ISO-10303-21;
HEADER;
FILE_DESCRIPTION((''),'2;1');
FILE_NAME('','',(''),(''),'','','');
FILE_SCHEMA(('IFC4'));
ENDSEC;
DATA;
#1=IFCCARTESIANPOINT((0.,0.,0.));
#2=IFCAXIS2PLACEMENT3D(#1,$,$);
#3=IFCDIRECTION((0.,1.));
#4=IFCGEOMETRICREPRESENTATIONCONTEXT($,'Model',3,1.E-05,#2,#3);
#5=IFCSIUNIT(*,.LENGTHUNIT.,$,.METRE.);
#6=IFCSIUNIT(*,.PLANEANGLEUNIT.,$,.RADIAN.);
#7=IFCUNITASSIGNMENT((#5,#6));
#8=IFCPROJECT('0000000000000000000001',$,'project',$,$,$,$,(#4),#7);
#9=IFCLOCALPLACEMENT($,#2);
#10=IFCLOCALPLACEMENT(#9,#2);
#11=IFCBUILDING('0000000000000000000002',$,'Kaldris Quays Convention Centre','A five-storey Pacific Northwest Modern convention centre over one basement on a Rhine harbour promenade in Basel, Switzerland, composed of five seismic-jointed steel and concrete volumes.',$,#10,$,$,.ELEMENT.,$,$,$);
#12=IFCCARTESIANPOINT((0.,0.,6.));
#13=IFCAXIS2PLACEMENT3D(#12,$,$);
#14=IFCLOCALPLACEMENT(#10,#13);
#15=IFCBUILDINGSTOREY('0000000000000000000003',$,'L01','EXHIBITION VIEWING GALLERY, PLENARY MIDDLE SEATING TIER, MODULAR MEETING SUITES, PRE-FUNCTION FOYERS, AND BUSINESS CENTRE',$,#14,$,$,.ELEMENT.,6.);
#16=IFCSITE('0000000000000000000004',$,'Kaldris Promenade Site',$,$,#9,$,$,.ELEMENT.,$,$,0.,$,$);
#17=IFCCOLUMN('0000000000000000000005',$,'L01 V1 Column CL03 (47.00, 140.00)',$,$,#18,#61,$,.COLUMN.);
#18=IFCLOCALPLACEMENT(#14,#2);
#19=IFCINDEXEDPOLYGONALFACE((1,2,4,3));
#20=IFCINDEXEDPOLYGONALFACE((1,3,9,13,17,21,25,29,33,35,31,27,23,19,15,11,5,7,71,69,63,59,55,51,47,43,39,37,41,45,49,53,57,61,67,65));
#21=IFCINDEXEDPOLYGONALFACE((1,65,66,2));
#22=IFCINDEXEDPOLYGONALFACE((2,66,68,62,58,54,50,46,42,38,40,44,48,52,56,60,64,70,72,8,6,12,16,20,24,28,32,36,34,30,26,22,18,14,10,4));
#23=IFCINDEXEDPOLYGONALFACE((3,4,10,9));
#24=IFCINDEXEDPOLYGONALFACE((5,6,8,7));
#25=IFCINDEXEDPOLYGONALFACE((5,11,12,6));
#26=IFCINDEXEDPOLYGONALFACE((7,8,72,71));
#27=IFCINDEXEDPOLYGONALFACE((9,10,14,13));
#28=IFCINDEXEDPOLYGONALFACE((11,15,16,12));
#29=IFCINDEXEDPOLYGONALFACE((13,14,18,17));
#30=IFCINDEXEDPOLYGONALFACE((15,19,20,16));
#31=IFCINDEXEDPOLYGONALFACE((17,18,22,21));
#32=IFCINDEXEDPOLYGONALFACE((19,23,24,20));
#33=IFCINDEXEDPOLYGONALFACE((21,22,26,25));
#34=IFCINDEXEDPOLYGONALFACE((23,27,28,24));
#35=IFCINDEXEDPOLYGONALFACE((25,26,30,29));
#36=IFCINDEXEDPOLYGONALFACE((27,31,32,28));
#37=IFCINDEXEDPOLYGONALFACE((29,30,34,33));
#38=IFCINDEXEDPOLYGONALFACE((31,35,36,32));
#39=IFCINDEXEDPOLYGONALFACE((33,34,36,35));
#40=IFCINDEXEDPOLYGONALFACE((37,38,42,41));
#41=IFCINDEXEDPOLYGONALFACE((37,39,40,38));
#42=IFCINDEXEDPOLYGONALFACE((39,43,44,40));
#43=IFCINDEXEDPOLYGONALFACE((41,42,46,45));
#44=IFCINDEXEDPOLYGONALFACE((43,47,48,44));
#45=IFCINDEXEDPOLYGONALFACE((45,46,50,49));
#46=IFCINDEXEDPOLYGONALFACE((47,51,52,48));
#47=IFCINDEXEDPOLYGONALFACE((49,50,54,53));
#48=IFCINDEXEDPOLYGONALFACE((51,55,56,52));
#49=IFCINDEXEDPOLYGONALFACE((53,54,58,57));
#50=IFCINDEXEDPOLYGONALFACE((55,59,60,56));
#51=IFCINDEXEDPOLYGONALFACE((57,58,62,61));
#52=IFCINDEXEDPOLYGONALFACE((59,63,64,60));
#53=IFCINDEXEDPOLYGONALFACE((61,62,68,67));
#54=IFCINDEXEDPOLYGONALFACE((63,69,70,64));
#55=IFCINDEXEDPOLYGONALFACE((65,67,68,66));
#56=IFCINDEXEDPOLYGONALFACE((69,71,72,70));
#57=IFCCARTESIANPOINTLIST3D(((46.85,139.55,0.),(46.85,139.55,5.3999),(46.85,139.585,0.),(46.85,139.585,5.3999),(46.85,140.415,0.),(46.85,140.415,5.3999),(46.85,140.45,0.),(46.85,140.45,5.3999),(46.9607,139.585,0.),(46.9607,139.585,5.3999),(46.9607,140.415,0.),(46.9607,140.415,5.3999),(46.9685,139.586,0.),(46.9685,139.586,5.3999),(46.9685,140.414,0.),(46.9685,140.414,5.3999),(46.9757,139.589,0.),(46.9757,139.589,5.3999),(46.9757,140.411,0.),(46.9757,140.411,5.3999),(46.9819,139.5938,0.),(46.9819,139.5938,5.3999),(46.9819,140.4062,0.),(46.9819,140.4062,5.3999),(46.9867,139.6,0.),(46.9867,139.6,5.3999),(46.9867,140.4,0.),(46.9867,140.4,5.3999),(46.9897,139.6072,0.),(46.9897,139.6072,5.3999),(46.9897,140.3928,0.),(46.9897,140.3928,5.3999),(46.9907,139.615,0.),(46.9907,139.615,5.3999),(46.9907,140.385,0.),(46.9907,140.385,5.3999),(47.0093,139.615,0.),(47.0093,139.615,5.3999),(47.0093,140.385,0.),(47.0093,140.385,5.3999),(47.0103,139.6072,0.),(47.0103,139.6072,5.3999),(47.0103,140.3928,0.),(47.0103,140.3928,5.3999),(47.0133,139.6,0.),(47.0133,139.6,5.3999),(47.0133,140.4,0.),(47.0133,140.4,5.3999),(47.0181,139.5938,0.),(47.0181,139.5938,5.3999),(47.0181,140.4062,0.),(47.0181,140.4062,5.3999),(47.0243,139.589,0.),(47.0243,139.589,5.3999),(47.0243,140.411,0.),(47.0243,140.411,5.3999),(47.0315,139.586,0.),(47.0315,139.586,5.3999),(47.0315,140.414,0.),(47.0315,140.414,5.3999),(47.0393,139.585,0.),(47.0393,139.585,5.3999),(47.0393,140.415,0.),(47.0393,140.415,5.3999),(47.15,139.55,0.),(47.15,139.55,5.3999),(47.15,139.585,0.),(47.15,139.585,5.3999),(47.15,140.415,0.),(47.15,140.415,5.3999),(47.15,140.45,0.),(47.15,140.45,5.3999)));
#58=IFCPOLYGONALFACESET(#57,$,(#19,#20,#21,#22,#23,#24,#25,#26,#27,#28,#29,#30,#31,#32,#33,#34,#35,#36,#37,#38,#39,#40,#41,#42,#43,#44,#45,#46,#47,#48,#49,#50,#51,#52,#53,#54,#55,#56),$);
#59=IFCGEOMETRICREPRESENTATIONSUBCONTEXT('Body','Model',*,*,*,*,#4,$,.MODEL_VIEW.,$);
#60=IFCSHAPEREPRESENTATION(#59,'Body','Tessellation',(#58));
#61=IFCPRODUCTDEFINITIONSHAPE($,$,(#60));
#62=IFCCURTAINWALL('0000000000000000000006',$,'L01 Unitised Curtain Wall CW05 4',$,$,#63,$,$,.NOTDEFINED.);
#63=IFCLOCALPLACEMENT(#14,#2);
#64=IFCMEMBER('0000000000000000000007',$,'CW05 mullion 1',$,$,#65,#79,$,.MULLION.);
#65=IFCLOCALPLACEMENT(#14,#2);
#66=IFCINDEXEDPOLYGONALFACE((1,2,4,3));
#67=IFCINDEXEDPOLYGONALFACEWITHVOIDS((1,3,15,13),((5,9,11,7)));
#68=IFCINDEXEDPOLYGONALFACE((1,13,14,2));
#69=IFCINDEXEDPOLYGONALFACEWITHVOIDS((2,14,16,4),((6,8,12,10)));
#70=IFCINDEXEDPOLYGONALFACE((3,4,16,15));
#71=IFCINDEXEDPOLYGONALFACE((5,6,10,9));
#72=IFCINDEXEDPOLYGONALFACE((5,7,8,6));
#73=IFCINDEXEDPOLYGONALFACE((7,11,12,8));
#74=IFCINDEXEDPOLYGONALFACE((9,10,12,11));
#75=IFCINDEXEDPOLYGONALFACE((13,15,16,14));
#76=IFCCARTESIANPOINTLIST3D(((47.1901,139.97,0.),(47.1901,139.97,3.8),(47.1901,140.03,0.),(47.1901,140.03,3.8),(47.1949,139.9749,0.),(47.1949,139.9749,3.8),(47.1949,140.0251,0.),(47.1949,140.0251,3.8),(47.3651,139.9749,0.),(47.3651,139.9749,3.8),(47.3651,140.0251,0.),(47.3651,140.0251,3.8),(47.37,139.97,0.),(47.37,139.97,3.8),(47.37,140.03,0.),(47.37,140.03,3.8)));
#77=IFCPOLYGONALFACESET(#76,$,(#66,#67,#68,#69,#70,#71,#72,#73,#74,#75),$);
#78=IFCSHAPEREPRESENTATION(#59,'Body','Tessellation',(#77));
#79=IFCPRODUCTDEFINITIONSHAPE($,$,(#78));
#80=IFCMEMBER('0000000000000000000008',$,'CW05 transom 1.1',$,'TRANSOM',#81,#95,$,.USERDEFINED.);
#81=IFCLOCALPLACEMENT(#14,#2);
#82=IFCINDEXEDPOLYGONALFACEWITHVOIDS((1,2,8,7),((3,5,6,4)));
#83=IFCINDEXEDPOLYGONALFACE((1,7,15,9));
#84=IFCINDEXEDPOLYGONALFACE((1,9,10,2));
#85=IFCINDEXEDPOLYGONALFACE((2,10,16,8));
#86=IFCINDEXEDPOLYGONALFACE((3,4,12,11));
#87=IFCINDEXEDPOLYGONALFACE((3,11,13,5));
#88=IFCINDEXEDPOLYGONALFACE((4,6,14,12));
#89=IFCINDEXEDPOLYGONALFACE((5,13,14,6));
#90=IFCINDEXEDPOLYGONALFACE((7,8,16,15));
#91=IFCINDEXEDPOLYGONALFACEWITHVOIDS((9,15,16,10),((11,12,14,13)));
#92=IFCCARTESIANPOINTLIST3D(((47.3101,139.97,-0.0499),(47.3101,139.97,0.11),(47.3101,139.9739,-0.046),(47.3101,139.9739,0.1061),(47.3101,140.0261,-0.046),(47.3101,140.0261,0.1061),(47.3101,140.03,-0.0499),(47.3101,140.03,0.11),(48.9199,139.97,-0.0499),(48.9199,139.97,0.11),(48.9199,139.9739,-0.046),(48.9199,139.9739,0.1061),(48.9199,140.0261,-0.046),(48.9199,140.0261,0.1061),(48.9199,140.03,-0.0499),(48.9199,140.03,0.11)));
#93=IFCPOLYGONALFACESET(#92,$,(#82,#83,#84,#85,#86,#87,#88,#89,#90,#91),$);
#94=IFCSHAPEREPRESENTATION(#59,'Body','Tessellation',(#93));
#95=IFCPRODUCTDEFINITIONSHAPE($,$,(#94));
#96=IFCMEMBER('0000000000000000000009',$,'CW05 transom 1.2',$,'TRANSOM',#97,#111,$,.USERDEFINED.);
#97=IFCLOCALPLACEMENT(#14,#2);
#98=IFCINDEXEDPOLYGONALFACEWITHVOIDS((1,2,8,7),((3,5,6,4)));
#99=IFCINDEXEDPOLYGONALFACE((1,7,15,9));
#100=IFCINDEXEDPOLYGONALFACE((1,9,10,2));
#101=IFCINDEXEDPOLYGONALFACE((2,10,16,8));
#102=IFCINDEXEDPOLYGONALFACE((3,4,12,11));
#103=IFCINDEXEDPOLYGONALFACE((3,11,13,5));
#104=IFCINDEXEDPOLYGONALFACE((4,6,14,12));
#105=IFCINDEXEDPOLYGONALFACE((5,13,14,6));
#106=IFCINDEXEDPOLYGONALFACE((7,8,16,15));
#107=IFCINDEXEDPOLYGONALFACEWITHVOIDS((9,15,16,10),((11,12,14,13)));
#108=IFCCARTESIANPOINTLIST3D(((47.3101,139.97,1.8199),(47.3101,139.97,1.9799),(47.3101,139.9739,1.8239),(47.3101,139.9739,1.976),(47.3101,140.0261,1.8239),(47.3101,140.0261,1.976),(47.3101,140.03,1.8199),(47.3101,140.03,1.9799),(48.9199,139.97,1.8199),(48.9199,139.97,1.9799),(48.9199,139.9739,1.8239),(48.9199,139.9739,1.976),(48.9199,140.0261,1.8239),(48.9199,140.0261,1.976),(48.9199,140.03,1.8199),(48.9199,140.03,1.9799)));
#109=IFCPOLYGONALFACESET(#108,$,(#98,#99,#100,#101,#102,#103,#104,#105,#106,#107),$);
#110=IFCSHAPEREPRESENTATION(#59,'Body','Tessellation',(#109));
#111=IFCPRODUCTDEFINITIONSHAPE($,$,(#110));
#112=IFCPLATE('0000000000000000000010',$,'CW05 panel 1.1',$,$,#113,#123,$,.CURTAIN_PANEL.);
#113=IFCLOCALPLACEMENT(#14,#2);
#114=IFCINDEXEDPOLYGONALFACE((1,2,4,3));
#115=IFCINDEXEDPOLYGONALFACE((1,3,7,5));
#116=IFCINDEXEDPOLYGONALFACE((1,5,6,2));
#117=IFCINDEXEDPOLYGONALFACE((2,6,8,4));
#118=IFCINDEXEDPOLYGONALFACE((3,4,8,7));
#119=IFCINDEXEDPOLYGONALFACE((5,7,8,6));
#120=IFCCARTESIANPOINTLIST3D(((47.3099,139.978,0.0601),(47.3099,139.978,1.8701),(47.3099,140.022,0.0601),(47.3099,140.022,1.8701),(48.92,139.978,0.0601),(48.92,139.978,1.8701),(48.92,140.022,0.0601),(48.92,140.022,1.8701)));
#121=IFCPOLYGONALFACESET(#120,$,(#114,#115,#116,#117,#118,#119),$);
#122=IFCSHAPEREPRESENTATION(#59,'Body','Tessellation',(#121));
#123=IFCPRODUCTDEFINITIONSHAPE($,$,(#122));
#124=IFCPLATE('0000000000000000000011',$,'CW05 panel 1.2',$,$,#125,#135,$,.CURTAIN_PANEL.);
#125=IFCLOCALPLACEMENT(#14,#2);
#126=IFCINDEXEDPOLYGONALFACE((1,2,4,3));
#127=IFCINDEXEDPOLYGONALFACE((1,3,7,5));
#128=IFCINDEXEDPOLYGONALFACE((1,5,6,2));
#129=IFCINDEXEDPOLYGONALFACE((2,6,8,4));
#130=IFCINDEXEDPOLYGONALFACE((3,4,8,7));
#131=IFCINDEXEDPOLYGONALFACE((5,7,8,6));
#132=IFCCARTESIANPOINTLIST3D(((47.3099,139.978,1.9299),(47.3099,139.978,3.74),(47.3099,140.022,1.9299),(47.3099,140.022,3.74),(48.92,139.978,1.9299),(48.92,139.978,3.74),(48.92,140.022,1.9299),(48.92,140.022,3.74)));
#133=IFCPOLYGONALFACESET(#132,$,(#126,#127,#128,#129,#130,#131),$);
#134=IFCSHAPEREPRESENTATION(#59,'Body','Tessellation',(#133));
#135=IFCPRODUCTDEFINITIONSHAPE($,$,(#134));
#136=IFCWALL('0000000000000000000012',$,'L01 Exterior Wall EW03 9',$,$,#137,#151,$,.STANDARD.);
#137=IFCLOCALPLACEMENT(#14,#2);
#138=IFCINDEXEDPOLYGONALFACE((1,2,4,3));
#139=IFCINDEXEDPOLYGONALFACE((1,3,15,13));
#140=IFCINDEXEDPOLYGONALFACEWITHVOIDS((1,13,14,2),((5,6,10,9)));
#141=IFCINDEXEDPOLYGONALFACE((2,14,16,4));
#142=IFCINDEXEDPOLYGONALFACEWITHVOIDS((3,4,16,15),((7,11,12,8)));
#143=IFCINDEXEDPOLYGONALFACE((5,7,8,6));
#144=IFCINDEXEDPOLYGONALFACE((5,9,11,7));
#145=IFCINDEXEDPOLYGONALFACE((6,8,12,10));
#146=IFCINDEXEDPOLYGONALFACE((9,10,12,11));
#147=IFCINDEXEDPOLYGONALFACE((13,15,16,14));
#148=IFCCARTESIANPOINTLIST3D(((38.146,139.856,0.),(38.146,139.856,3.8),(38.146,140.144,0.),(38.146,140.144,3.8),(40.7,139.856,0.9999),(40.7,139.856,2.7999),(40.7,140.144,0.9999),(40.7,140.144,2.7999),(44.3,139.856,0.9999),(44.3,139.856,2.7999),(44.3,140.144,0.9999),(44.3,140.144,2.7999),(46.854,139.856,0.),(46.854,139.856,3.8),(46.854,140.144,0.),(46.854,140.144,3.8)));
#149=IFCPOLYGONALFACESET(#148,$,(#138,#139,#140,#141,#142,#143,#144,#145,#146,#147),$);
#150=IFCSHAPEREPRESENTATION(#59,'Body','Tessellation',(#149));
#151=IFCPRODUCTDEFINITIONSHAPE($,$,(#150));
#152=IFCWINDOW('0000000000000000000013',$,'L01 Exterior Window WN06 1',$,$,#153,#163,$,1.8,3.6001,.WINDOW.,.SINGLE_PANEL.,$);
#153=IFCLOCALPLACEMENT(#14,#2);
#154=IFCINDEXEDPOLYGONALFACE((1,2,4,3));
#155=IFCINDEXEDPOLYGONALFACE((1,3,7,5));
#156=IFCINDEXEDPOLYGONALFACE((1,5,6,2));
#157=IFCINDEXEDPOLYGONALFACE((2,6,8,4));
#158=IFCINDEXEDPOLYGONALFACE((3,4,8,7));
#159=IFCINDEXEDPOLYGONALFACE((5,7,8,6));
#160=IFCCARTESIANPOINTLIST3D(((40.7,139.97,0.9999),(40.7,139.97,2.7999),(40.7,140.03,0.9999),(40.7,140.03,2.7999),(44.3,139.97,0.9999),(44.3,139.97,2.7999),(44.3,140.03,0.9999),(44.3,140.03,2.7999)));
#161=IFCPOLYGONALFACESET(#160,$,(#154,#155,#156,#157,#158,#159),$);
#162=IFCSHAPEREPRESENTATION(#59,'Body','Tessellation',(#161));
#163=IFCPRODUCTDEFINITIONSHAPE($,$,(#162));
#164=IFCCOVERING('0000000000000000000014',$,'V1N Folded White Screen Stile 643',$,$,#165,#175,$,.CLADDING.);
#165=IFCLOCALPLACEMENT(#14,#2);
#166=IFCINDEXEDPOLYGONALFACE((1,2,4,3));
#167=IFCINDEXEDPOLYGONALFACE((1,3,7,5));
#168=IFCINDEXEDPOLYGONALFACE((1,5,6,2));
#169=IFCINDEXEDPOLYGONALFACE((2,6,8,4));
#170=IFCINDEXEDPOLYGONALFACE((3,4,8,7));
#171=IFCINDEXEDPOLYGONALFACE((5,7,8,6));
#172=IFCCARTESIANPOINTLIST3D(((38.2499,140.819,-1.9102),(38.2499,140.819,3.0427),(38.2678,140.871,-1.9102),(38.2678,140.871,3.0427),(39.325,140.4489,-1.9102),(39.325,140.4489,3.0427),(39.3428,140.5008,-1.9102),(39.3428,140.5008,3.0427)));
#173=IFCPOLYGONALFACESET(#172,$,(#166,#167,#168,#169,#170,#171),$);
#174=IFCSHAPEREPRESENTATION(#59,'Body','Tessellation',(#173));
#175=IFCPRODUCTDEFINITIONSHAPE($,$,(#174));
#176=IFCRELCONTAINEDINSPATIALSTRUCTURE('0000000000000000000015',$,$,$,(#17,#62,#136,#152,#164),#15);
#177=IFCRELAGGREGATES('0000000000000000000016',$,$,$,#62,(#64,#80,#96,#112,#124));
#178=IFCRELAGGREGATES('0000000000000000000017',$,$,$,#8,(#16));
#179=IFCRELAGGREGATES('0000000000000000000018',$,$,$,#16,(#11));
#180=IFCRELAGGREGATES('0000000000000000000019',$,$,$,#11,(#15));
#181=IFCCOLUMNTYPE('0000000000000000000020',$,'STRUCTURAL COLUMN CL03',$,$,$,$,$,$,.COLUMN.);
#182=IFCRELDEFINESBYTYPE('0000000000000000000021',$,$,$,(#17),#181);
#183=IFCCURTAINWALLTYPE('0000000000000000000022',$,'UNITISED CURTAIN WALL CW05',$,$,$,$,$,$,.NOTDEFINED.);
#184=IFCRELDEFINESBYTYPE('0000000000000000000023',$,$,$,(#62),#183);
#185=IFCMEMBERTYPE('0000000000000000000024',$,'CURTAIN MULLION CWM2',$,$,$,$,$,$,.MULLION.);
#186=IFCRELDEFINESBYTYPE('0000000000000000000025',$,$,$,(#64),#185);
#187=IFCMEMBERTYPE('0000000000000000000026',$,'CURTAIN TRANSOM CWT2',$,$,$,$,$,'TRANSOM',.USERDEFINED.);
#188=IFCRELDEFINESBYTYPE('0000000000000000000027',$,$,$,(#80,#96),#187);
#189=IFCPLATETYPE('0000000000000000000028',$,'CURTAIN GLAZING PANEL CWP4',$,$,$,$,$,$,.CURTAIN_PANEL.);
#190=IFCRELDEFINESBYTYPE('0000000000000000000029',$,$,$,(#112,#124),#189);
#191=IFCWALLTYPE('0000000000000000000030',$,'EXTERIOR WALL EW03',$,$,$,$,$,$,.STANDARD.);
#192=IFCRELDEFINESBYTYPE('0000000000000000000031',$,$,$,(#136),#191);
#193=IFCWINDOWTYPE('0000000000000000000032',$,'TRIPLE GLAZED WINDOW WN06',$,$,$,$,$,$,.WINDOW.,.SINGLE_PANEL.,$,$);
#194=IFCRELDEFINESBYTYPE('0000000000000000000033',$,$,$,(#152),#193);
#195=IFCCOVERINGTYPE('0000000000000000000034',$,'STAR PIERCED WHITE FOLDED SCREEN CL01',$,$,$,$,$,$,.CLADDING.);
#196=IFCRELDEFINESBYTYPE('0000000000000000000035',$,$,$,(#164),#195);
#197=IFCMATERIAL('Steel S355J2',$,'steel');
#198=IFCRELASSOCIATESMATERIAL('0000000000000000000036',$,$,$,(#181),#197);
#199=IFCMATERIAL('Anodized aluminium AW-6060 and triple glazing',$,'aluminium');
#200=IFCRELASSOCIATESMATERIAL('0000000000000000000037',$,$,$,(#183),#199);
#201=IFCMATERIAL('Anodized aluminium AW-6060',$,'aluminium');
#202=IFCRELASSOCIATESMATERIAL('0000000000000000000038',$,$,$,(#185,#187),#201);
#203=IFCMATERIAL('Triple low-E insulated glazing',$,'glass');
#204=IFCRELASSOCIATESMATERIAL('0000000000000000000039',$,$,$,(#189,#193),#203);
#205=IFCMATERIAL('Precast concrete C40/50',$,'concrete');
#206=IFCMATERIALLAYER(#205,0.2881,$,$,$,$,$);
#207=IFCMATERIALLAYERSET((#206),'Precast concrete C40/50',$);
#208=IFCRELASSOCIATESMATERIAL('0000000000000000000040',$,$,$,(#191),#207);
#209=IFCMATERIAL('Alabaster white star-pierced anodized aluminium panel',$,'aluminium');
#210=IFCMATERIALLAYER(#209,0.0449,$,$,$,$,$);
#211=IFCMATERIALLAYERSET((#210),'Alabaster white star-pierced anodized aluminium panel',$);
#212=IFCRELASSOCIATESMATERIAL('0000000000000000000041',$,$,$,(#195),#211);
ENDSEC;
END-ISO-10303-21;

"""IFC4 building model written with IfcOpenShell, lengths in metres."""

from ifc_helpers import new_model, si_unit, direction, frame, frame_2d, origin, origin_2d, place, context, subcontext, project, spatial, rectangle, hollow_rectangle, i_section, extrude, material, layer, layer_set, material_profile, profile_set, type_object, element, fill, aggregate, save


model = new_model("IFC4")

# Units and contexts
model_context = context("Model", 3, precision=1e-05, world=origin(), true_north=direction((0.0, 1.0)))
body_context = subcontext(model_context, "Body", "Model", "MODEL_VIEW")
ifc_project = project(units=[si_unit("LENGTHUNIT", "METRE"), si_unit("PLANEANGLEUNIT", "RADIAN")], contexts=[model_context])

# Site, building, storey
site_placement = place(None, origin())
site = spatial("IfcSite", under=ifc_project, at=site_placement, Name="Kaldris Promenade Site", CompositionType="ELEMENT", RefElevation=0.0)
building_placement = place(site_placement, origin())
building = spatial("IfcBuilding", under=site, at=building_placement, Name="Kaldris Quays Convention Centre", Description="A five-storey Pacific Northwest Modern convention centre over one basement on a Rhine harbour promenade in Basel, Switzerland, composed of five seismic-jointed steel and concrete volumes.", CompositionType="ELEMENT")
storey_placement = place(building_placement, frame((0.0, 0.0, 6.0)))
storey = spatial("IfcBuildingStorey", under=building, at=storey_placement, Name="L01", Description="EXHIBITION VIEWING GALLERY, PLENARY MIDDLE SEATING TIER, MODULAR MEETING SUITES, PRE-FUNCTION FOYERS, AND BUSINESS CENTRE", CompositionType="ELEMENT", Elevation=6.0)

# Column
ifc_material_1 = material(Name="Steel S355J2", Category="steel")
ifc_material_profile_1 = material_profile(ifc_material_1, i_section(OverallWidth=0.3, OverallDepth=0.8999, WebThickness=0.0186, FlangeThickness=0.0349, FilletRadius=0.03, at=origin_2d()), Name="HEB 900")
ifc_profile_set_1 = profile_set([ifc_material_profile_1], Name="Steel S355J2")
column_type = type_object("IfcColumnType", Name="STRUCTURAL COLUMN CL03", PredefinedType="COLUMN", material=ifc_profile_set_1)
column_placement = place(storey_placement, frame((47.0, 140.0, 0.0), z_axis=(0.0, 0.0, 1.0), x_axis=(1.0, 0.0, 0.0)))
element("IfcColumn", 1, at=column_placement, inside=storey, type_object=column_type, Name="L01 V1 Column CL03 (47.00, 140.00)", PredefinedType="COLUMN", context=body_context, shape_type="SweptSolid", body=[
    extrude(i_section(OverallWidth=0.3, OverallDepth=0.8999, WebThickness=0.0186, FlangeThickness=0.0349, FilletRadius=0.03, at=origin_2d()), origin(), (0.0, 0.0, 1.0), 5.3999),
])

# Curtain wall, members, plates
ifc_material_2 = material(Name="Anodized aluminium AW-6060 and triple glazing", Category="aluminium")
curtain_wall_type = type_object("IfcCurtainWallType", Name="UNITISED CURTAIN WALL CW05", PredefinedType="NOTDEFINED", material=ifc_material_2)
curtain_wall_placement = place(storey_placement, origin())
curtain_wall = element("IfcCurtainWall", 2, at=curtain_wall_placement, inside=storey, type_object=curtain_wall_type, Name="L01 Unitised Curtain Wall CW05 4", PredefinedType="NOTDEFINED")
ifc_material_3 = material(Name="Anodized aluminium AW-6060", Category="aluminium")
ifc_material_profile_2 = material_profile(ifc_material_3, hollow_rectangle(XDim=0.0601, YDim=0.1799, WallThickness=0.0049, at=origin_2d()), Name="RHS 180x60x5")
ifc_profile_set_2 = profile_set([ifc_material_profile_2], Name="Anodized aluminium AW-6060")
member_type_1 = type_object("IfcMemberType", Name="CURTAIN MULLION CWM2", PredefinedType="MULLION", material=ifc_profile_set_2)
member_1_placement = place(storey_placement, frame((47.28, 140.0, 0.0), z_axis=(0.0, 0.0, 1.0), x_axis=(0.0, 1.0, 0.0)))
member_1 = element("IfcMember", 3, at=member_1_placement, type_object=member_type_1, Name="CW05 mullion 1", PredefinedType="MULLION", context=body_context, shape_type="SweptSolid", body=[
    extrude(hollow_rectangle(XDim=0.0601, YDim=0.1799, WallThickness=0.0049, at=origin_2d()), origin(), (0.0, 0.0, 1.0), 3.8),
])
ifc_material_profile_3 = material_profile(ifc_material_3, hollow_rectangle(XDim=0.0601, YDim=0.1599, WallThickness=0.0039, at=origin_2d()), Name="RHS 160x60x4")
ifc_profile_set_3 = profile_set([ifc_material_profile_3], Name="Anodized aluminium AW-6060")
member_type_2 = type_object("IfcMemberType", Name="CURTAIN TRANSOM CWT2", ElementType="TRANSOM", PredefinedType="USERDEFINED", material=ifc_profile_set_3)
member_2_placement = place(storey_placement, frame((47.3101, 140.0, 0.03), z_axis=(1.0, 0.0, 0.0), x_axis=(0.0, 1.0, 0.0)))
member_2 = element("IfcMember", 4, at=member_2_placement, type_object=member_type_2, Name="CW05 transom 1.1", ObjectType="TRANSOM", PredefinedType="USERDEFINED", context=body_context, shape_type="SweptSolid", body=[
    extrude(hollow_rectangle(XDim=0.0601, YDim=0.1599, WallThickness=0.0039, at=origin_2d()), origin(), (0.0, 0.0, 1.0), 1.6099),
])
member_3_placement = place(storey_placement, frame((47.3101, 140.0, 1.8999), z_axis=(1.0, 0.0, 0.0), x_axis=(0.0, 1.0, 0.0)))
member_3 = element("IfcMember", 5, at=member_3_placement, type_object=member_type_2, Name="CW05 transom 1.2", ObjectType="TRANSOM", PredefinedType="USERDEFINED", context=body_context, shape_type="SweptSolid", body=[
    extrude(hollow_rectangle(XDim=0.0601, YDim=0.1599, WallThickness=0.0039, at=origin_2d()), origin(), (0.0, 0.0, 1.0), 1.6099),
])
ifc_material_4 = material(Name="Triple low-E insulated glazing", Category="glass")
plate_type = type_object("IfcPlateType", Name="CURTAIN GLAZING PANEL CWP4", PredefinedType="CURTAIN_PANEL", material=ifc_material_4)
plate_1_placement = place(storey_placement, frame((48.115, 140.0, 0.0601), z_axis=(0.0, 0.0, 1.0), x_axis=(1.0, 0.0, 0.0)))
plate_1 = element("IfcPlate", 6, at=plate_1_placement, type_object=plate_type, Name="CW05 panel 1.1", PredefinedType="CURTAIN_PANEL", context=body_context, shape_type="SweptSolid", body=[
    extrude(rectangle(XDim=1.6101, YDim=0.0439, at=origin_2d()), origin(), (0.0, 0.0, 1.0), 1.8101),
])
plate_2_placement = place(storey_placement, frame((48.115, 140.0, 1.9299), z_axis=(0.0, 0.0, 1.0), x_axis=(1.0, 0.0, 0.0)))
plate_2 = element("IfcPlate", 7, at=plate_2_placement, type_object=plate_type, Name="CW05 panel 1.2", PredefinedType="CURTAIN_PANEL", context=body_context, shape_type="SweptSolid", body=[
    extrude(rectangle(XDim=1.6101, YDim=0.0439, at=origin_2d()), origin(), (0.0, 0.0, 1.0), 1.8101),
])
aggregate(curtain_wall, [member_1, member_2, member_3, plate_1, plate_2])

# Wall, opening, window
ifc_material_5 = material(Name="Precast concrete C40/50", Category="concrete")
ifc_layer_1 = layer(ifc_material_5, 0.2881)
ifc_layer_set_1 = layer_set([ifc_layer_1], Name="Precast concrete C40/50")
wall_type = type_object("IfcWallType", Name="EXTERIOR WALL EW03", PredefinedType="STANDARD", material=ifc_layer_set_1)
wall_placement = place(storey_placement, frame((38.146, 140.0, 0.0), z_axis=(0.0, 0.0, 1.0), x_axis=(1.0, 0.0, 0.0)))
wall = element("IfcWall", 8, at=wall_placement, inside=storey, type_object=wall_type, Name="L01 Exterior Wall EW03 9", PredefinedType="STANDARD", context=body_context, shape_type="SweptSolid", body=[
    extrude(rectangle(XDim=8.708, YDim=0.2881, at=frame_2d((4.354, 0.0))), origin(), (0.0, 0.0, 1.0), 3.8),
])
opening_placement = place(wall_placement, frame((2.554, 0.0, 1.0)))
opening = element("IfcOpeningElement", 9, at=opening_placement, cuts=wall, PredefinedType="OPENING", context=body_context, shape_type="SweptSolid", body=[
    extrude(rectangle(XDim=3.6001, YDim=1.8, at=frame_2d((1.8, 0.8999))), frame((0.0, 0.1541, 0.0), z_axis=(0.0, -1.0, 0.0), x_axis=(1.0, 0.0, 0.0)), (0.0, 0.0, 1.0), 0.3081),
])
window_type = type_object("IfcWindowType", Name="TRIPLE GLAZED WINDOW WN06", PartitioningType="SINGLE_PANEL", PredefinedType="WINDOW", material=ifc_material_4)
window_placement = place(opening_placement, origin())
window = element("IfcWindow", 10, at=window_placement, inside=storey, type_object=window_type, Name="L01 Exterior Window WN06 1", OverallHeight=1.8, OverallWidth=3.6001, PartitioningType="SINGLE_PANEL", PredefinedType="WINDOW", context=body_context, shape_type="SweptSolid", body=[
    extrude(rectangle(XDim=3.6001, YDim=1.8, at=frame_2d((1.8, 0.8999))), frame((0.0, 0.03, 0.0), z_axis=(0.0, -1.0, 0.0), x_axis=(1.0, 0.0, 0.0)), (0.0, 0.0, 1.0), 0.0601),
])
fill(opening, window)

# Covering
ifc_material_6 = material(Name="Alabaster white star-pierced anodized aluminium panel", Category="aluminium")
ifc_layer_2 = layer(ifc_material_6, 0.0449)
ifc_layer_set_2 = layer_set([ifc_layer_2], Name="Alabaster white star-pierced anodized aluminium panel")
covering_type = type_object("IfcCoveringType", Name="STAR PIERCED WHITE FOLDED SCREEN CL01", PredefinedType="CLADDING", material=ifc_layer_set_2)
for number, where, z_axis, x_axis, name in (
    (11, (38.7964, 140.6599, -1.9102), (0.0, 0.0, 1.0), (0.945519, -0.325568, 0.0), "V1N Folded White Screen Stile 643"),
):
    element("IfcCovering", number, at=place(storey_placement, frame(where, z_axis=z_axis, x_axis=x_axis)), inside=storey, type_object=covering_type, Name=name, PredefinedType="CLADDING", context=body_context, shape_type="SweptSolid", body=[
        extrude(rectangle(XDim=1.137, YDim=0.0549, at=origin_2d()), origin(), (0.0, 0.0, 1.0), 4.9529),
    ])

save(model, "model.ifc")
